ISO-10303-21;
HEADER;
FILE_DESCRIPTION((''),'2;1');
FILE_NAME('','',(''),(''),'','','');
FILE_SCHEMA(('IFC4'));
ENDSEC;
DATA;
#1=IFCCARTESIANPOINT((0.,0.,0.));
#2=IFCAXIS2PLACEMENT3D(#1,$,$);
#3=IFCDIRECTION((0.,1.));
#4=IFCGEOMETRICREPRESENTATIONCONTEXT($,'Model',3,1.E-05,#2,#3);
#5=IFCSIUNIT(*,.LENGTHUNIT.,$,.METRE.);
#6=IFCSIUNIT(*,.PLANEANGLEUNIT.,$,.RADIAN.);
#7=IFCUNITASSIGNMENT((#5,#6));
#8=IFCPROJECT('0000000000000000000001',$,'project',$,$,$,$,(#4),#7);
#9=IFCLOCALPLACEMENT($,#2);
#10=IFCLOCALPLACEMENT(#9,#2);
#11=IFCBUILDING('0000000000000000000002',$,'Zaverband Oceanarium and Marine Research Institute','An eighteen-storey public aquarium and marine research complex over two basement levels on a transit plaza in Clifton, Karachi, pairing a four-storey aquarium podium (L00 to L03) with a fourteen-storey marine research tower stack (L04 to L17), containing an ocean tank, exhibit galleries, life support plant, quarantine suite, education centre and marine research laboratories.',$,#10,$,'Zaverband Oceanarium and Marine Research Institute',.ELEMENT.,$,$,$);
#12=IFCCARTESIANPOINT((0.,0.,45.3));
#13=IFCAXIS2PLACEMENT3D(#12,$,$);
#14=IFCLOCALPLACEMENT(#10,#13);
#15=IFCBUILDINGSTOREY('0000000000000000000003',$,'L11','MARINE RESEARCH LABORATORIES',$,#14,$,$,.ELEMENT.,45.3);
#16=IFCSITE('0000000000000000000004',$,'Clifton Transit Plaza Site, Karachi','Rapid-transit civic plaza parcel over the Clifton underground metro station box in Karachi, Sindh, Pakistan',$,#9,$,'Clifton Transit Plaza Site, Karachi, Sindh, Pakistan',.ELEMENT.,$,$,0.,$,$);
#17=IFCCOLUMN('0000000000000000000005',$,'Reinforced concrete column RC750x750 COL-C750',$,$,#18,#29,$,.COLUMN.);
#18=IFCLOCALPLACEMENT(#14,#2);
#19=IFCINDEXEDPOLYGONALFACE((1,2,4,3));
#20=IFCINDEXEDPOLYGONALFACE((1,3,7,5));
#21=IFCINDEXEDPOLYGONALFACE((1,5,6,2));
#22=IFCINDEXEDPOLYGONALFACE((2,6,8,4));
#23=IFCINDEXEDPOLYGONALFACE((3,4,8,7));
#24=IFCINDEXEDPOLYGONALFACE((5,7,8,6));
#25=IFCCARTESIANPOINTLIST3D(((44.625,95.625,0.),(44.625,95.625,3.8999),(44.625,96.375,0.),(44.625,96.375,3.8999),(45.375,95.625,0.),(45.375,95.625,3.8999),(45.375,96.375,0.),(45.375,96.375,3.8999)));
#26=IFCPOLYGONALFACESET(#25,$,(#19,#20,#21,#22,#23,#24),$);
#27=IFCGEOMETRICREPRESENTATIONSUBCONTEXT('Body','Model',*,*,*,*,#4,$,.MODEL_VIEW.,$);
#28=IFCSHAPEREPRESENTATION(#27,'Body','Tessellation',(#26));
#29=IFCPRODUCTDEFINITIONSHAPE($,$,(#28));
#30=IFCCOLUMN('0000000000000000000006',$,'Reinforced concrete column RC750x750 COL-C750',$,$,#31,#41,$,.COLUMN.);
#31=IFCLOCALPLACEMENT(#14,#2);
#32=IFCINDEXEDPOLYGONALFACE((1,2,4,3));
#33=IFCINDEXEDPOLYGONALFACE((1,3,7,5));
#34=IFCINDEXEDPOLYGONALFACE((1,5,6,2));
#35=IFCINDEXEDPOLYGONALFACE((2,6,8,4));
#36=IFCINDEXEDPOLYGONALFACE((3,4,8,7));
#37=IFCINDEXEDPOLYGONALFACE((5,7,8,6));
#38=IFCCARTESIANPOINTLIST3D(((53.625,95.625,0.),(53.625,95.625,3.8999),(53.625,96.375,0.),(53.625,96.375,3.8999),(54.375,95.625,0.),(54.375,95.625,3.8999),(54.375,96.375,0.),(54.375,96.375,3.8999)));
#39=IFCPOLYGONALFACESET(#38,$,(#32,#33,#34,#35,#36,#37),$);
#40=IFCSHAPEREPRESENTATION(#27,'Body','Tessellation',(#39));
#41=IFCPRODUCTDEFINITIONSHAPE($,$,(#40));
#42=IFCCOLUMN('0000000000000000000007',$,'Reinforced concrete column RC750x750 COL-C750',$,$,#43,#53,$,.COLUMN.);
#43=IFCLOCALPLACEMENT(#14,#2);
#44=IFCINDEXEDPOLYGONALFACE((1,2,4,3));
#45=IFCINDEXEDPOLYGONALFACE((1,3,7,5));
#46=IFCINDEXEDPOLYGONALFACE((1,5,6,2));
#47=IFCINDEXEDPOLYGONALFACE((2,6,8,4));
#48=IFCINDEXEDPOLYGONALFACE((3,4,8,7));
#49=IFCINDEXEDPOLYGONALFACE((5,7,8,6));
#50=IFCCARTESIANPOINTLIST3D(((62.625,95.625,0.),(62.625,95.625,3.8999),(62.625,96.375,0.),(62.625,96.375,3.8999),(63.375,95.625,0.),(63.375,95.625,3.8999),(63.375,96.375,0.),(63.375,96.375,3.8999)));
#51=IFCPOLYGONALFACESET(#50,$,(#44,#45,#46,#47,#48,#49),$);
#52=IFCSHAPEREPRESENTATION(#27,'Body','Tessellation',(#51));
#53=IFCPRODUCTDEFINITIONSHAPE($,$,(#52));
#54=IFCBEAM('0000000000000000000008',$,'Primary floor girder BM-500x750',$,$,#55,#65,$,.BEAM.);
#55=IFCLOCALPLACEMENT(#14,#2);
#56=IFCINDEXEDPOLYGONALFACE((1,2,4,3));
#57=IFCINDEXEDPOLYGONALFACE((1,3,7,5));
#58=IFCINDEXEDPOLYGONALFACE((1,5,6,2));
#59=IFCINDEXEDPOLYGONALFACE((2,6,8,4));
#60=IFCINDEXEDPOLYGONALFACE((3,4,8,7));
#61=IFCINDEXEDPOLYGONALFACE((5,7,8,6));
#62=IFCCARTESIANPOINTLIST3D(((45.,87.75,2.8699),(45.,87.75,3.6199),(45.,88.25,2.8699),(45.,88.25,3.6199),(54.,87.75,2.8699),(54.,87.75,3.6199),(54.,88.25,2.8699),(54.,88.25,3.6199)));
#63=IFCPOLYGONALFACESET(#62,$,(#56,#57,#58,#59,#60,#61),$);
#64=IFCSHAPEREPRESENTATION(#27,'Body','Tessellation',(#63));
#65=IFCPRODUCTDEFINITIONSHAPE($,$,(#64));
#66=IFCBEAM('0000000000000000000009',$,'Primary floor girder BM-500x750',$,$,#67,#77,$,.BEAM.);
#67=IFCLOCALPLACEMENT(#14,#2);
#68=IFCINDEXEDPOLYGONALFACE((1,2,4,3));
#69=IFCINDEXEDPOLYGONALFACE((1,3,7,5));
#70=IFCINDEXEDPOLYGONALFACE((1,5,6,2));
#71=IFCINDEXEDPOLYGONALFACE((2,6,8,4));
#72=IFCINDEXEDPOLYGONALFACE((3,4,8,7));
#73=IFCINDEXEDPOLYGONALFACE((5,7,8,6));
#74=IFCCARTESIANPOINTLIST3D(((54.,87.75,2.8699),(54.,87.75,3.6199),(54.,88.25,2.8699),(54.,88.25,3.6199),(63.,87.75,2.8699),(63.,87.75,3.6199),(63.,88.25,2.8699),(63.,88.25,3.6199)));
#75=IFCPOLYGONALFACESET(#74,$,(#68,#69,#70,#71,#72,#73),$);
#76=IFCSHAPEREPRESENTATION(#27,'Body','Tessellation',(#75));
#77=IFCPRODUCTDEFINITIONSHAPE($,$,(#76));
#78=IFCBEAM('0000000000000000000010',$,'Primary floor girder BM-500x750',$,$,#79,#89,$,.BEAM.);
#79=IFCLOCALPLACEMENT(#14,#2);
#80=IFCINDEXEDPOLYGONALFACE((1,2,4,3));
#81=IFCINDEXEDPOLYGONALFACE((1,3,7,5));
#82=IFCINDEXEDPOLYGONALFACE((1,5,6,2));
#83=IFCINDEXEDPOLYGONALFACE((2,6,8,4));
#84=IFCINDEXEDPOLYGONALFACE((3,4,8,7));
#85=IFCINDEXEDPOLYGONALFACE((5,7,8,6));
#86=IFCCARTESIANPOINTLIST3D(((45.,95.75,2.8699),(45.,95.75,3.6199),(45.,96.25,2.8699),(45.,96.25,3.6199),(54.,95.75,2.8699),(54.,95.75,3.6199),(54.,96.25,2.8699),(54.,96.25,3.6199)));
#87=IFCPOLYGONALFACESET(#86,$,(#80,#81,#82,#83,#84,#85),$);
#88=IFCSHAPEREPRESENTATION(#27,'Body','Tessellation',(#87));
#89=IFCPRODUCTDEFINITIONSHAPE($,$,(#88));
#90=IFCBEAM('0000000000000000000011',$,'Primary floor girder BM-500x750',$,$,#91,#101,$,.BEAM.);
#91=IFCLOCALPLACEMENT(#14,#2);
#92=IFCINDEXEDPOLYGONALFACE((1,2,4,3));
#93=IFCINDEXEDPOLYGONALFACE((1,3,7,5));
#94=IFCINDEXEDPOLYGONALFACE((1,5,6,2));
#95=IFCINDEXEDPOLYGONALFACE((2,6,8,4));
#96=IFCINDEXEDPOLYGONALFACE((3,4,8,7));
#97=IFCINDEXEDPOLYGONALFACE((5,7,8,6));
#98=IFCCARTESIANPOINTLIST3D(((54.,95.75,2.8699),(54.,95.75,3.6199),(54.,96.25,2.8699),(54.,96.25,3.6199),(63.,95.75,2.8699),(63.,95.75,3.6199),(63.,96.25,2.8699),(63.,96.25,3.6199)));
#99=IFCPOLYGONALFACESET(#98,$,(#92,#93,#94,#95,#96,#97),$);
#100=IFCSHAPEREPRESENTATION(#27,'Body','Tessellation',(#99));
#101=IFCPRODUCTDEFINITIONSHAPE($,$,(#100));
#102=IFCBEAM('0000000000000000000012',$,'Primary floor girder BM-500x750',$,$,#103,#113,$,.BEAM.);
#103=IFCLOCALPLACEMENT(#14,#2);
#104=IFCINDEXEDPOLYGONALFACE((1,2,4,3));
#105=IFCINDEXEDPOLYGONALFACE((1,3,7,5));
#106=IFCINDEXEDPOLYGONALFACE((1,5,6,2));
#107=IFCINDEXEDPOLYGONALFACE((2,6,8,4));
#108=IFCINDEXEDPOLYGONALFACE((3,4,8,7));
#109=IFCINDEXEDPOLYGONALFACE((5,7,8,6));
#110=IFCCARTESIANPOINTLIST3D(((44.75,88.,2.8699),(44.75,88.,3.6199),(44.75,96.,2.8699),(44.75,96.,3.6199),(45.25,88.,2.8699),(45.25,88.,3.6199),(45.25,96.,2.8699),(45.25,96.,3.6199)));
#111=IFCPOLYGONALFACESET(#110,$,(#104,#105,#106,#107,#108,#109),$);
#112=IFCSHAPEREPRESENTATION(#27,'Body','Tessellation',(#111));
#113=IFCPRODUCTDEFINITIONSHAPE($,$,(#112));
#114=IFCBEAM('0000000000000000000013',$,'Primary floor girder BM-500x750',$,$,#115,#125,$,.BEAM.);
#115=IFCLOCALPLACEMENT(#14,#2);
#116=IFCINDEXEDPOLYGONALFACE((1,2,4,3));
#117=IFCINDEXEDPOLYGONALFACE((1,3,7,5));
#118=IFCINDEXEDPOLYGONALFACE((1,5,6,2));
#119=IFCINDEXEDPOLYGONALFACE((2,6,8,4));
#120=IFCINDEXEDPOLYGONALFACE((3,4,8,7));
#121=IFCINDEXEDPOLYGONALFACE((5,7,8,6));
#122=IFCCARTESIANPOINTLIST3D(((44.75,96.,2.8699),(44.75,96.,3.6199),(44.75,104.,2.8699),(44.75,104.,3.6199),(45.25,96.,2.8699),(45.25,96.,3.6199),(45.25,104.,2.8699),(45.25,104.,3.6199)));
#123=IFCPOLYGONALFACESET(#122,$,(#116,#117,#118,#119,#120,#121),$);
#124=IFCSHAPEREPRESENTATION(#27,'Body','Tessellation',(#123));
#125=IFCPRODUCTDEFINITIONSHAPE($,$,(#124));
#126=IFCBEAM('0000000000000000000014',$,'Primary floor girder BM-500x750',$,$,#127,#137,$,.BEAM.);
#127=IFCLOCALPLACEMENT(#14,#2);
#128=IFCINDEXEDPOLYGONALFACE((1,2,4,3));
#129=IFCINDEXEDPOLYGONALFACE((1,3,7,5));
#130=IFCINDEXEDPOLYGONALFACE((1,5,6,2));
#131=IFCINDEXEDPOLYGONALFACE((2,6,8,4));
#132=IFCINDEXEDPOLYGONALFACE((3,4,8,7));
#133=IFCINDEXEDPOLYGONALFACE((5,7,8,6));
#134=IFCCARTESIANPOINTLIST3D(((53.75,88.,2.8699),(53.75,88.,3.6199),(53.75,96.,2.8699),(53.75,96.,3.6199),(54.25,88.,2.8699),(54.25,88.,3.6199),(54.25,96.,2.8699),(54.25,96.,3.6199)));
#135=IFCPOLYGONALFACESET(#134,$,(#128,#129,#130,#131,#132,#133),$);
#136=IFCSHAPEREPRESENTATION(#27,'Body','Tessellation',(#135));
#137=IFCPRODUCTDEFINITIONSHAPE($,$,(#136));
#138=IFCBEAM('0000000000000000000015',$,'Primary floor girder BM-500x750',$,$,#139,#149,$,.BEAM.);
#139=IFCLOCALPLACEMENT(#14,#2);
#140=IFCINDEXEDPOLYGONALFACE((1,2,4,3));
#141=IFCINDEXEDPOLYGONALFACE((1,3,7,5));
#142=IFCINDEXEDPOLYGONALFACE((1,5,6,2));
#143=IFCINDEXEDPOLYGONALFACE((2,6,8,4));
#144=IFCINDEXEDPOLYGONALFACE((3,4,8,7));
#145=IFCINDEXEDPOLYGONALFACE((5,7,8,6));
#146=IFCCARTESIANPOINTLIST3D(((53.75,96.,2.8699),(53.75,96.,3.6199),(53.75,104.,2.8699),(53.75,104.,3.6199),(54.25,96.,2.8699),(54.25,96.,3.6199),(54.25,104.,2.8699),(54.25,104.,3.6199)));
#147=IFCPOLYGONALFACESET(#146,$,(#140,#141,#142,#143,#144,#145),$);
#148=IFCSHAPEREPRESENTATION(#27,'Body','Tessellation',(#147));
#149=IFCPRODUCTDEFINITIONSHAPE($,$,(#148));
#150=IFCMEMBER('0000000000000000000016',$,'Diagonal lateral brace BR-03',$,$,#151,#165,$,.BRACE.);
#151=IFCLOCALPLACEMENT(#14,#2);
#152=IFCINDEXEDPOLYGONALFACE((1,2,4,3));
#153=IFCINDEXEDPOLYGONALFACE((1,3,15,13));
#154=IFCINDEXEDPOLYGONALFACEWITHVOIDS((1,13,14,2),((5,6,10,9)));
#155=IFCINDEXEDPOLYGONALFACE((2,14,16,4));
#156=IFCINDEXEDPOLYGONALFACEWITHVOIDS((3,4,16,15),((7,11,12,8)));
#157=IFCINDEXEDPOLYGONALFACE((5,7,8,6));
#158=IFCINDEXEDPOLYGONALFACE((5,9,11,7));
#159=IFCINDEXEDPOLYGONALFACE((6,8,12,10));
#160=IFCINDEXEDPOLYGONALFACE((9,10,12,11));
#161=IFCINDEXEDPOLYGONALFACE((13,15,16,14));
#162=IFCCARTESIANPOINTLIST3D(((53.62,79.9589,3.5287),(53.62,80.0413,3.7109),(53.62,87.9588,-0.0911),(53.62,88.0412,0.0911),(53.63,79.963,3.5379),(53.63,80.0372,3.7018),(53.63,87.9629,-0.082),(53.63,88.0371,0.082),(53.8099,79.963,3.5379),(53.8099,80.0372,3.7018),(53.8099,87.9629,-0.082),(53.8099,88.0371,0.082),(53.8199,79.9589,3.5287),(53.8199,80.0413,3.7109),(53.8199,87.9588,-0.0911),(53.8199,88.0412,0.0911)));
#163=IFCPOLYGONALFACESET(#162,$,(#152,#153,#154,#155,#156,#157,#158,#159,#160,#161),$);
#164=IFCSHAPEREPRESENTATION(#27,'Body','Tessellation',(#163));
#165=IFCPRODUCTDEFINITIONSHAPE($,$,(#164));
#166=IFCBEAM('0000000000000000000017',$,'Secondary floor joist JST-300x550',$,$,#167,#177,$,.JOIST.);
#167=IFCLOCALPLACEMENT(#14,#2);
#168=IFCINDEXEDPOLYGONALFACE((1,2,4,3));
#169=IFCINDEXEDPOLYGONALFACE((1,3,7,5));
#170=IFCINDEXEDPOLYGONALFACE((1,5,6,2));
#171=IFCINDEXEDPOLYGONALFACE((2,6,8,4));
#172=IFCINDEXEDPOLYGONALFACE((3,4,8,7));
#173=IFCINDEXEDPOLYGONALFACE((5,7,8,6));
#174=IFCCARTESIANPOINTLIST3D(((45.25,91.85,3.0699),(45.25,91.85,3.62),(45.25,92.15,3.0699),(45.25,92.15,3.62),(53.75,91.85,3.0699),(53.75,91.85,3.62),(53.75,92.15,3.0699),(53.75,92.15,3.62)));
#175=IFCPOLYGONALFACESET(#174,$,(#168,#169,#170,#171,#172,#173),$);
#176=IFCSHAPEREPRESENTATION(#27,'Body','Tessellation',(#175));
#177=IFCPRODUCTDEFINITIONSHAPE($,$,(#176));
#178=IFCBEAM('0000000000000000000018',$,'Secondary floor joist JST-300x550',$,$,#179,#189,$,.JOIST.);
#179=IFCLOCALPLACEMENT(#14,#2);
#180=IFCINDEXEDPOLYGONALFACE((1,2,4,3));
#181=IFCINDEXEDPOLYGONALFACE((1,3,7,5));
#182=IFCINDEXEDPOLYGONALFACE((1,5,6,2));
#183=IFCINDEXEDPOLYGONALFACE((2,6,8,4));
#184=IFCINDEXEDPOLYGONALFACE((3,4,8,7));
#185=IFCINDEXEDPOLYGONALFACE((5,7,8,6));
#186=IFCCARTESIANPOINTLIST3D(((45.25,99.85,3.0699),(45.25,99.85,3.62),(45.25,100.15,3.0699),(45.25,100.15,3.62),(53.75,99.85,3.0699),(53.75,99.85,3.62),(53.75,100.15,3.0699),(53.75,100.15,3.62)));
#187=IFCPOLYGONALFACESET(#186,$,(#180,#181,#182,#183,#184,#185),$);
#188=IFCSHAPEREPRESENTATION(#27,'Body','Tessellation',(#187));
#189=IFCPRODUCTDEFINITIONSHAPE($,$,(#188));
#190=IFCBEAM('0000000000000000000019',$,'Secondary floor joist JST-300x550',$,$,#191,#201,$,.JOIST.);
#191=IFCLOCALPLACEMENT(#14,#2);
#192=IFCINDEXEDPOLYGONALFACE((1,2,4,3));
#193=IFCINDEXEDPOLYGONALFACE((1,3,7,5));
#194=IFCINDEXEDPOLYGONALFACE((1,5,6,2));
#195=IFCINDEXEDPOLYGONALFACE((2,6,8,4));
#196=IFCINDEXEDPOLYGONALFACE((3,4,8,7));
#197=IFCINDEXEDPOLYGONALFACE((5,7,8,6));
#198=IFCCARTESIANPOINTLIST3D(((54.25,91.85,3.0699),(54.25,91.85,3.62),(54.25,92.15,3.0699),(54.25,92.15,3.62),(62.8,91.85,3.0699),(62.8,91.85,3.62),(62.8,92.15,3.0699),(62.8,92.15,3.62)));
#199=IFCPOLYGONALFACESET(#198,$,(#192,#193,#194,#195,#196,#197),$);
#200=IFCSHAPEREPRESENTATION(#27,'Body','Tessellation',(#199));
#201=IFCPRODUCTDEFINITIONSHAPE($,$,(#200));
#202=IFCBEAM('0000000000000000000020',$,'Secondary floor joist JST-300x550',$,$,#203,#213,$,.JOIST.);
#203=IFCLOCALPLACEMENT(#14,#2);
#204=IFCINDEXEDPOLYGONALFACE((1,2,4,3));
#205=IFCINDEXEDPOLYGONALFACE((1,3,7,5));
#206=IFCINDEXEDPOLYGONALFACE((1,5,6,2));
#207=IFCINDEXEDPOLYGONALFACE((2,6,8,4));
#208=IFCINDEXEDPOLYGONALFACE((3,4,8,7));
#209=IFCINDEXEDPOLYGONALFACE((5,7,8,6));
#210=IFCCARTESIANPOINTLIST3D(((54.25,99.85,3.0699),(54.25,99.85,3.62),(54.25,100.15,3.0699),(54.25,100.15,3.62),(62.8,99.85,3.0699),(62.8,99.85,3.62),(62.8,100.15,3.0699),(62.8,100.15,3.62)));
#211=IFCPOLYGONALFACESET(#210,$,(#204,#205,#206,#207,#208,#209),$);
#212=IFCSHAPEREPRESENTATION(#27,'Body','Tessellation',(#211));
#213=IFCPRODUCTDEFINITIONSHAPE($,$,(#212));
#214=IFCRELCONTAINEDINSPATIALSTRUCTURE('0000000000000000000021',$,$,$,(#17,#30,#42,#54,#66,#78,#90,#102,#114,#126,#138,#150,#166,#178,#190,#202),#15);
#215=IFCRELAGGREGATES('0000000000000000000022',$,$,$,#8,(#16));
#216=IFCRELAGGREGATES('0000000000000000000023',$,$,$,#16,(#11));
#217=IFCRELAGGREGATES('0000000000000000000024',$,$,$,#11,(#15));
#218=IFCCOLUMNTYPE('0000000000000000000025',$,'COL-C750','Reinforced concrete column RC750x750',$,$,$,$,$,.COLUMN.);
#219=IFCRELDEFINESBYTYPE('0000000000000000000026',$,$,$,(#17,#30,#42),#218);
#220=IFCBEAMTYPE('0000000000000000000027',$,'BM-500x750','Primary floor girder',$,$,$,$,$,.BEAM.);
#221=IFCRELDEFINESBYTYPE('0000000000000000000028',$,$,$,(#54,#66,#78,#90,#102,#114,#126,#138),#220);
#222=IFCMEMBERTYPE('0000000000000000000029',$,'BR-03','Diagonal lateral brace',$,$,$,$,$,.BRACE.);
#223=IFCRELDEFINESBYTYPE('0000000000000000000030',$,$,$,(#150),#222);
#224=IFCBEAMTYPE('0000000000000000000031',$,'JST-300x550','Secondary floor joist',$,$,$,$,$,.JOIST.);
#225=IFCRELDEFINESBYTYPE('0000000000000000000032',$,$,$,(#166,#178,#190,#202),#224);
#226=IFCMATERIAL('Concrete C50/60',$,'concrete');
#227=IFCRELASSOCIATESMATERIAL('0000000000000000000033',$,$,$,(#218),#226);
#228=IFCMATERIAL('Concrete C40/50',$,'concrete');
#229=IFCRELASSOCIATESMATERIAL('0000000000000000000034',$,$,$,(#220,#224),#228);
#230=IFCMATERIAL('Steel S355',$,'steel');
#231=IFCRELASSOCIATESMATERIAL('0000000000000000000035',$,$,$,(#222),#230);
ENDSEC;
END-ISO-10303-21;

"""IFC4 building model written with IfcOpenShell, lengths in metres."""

from ifc_helpers import new_model, si_unit, direction, frame, origin, origin_2d, place, context, subcontext, project, spatial, rectangle, hollow_rectangle, extrude, material, material_profile, profile_set, type_object, element, save


model = new_model("IFC4")

# Units and contexts
model_context = context("Model", 3, precision=1e-05, world=origin(), true_north=direction((0.0, 1.0)))
body_context = subcontext(model_context, "Body", "Model", "MODEL_VIEW")
ifc_project = project(units=[si_unit("LENGTHUNIT", "METRE"), si_unit("PLANEANGLEUNIT", "RADIAN")], contexts=[model_context])

# Site, building, storey
site_placement = place(None, origin())
site = spatial("IfcSite", under=ifc_project, at=site_placement, Name="Clifton Transit Plaza Site, Karachi", Description="Rapid-transit civic plaza parcel over the Clifton underground metro station box in Karachi, Sindh, Pakistan", LongName="Clifton Transit Plaza Site, Karachi, Sindh, Pakistan", CompositionType="ELEMENT", RefElevation=0.0)
building_placement = place(site_placement, origin())
building = spatial("IfcBuilding", under=site, at=building_placement, Name="Zaverband Oceanarium and Marine Research Institute", Description="An eighteen-storey public aquarium and marine research complex over two basement levels on a transit plaza in Clifton, Karachi, pairing a four-storey aquarium podium (L00 to L03) with a fourteen-storey marine research tower stack (L04 to L17), containing an ocean tank, exhibit galleries, life support plant, quarantine suite, education centre and marine research laboratories.", LongName="Zaverband Oceanarium and Marine Research Institute", CompositionType="ELEMENT")
storey_placement = place(building_placement, frame((0.0, 0.0, 45.3)))
storey = spatial("IfcBuildingStorey", under=building, at=storey_placement, Name="L11", Description="MARINE RESEARCH LABORATORIES", CompositionType="ELEMENT", Elevation=45.3)

# Columns
ifc_material_1 = material(Name="Concrete C50/60", Category="concrete")
ifc_material_profile_1 = material_profile(ifc_material_1, rectangle(XDim=0.75, YDim=0.75, at=origin_2d()), Name="RC750x750")
ifc_profile_set_1 = profile_set([ifc_material_profile_1], Name="Concrete C50/60")
column_type = type_object("IfcColumnType", Name="COL-C750", Description="Reinforced concrete column RC750x750", PredefinedType="COLUMN", material=ifc_profile_set_1)
for number, where, z_axis, x_axis, name in (
    (1, (45.0, 96.0, 0.0), (0.0, 0.0, 1.0), (1.0, 0.0, 0.0), "Reinforced concrete column RC750x750 COL-C750"),
    (2, (54.0, 96.0, 0.0), (0.0, 0.0, 1.0), (1.0, 0.0, 0.0), "Reinforced concrete column RC750x750 COL-C750"),
    (3, (63.0, 96.0, 0.0), (0.0, 0.0, 1.0), (1.0, 0.0, 0.0), "Reinforced concrete column RC750x750 COL-C750"),
):
    element("IfcColumn", number, at=place(storey_placement, frame(where, z_axis=z_axis, x_axis=x_axis)), inside=storey, type_object=column_type, Name=name, PredefinedType="COLUMN", context=body_context, shape_type="SweptSolid", body=[
        extrude(rectangle(XDim=0.75, YDim=0.75, at=origin_2d()), origin(), (0.0, 0.0, 1.0), 3.8999),
    ])

# Beams
ifc_material_2 = material(Name="Concrete C40/50", Category="concrete")
ifc_material_profile_2 = material_profile(ifc_material_2, rectangle(XDim=0.5, YDim=0.75, at=origin_2d()), Name="RC500x750")
ifc_profile_set_2 = profile_set([ifc_material_profile_2], Name="Concrete C40/50")
beam_type_1 = type_object("IfcBeamType", Name="BM-500x750", Description="Primary floor girder", PredefinedType="BEAM", material=ifc_profile_set_2)
for number, where, z_axis, x_axis, name in (
    (4, (45.0, 88.0, 3.2449), (1.0, 0.0, 0.0), (0.0, 1.0, 0.0), "Primary floor girder BM-500x750"),
    (5, (54.0, 88.0, 3.2449), (1.0, 0.0, 0.0), (0.0, 1.0, 0.0), "Primary floor girder BM-500x750"),
    (6, (45.0, 96.0, 3.2449), (1.0, 0.0, 0.0), (0.0, 1.0, 0.0), "Primary floor girder BM-500x750"),
    (7, (54.0, 96.0, 3.2449), (1.0, 0.0, 0.0), (0.0, 1.0, 0.0), "Primary floor girder BM-500x750"),
):
    element("IfcBeam", number, at=place(storey_placement, frame(where, z_axis=z_axis, x_axis=x_axis)), inside=storey, type_object=beam_type_1, Name=name, PredefinedType="BEAM", context=body_context, shape_type="SweptSolid", body=[
        extrude(rectangle(XDim=0.5, YDim=0.75, at=origin_2d()), origin(), (0.0, 0.0, 1.0), 9.0),
    ])
for number, where, z_axis, x_axis, name in (
    (8, (45.0, 88.0, 3.2449), (0.0, 1.0, 0.0), (-1.0, 0.0, 0.0), "Primary floor girder BM-500x750"),
    (9, (45.0, 96.0, 3.2449), (0.0, 1.0, 0.0), (-1.0, 0.0, 0.0), "Primary floor girder BM-500x750"),
    (10, (54.0, 88.0, 3.2449), (0.0, 1.0, 0.0), (-1.0, 0.0, 0.0), "Primary floor girder BM-500x750"),
    (11, (54.0, 96.0, 3.2449), (0.0, 1.0, 0.0), (-1.0, 0.0, 0.0), "Primary floor girder BM-500x750"),
):
    element("IfcBeam", number, at=place(storey_placement, frame(where, z_axis=z_axis, x_axis=x_axis)), inside=storey, type_object=beam_type_1, Name=name, PredefinedType="BEAM", context=body_context, shape_type="SweptSolid", body=[
        extrude(rectangle(XDim=0.5, YDim=0.75, at=origin_2d()), origin(), (0.0, 0.0, 1.0), 8.0),
    ])

# Member
ifc_material_3 = material(Name="Steel S355", Category="steel")
ifc_material_profile_3 = material_profile(ifc_material_3, hollow_rectangle(XDim=0.2, YDim=0.2, WallThickness=0.01, at=origin_2d()), Name="SHS200x200x10")
ifc_profile_set_3 = profile_set([ifc_material_profile_3], Name="Steel S355")
member_type = type_object("IfcMemberType", Name="BR-03", Description="Diagonal lateral brace", PredefinedType="BRACE", material=ifc_profile_set_3)
member_placement = place(storey_placement, frame((53.72, 88.0, 0.0), z_axis=(0.0, -0.911073, 0.412246), x_axis=(1.0, 0.0, 0.0)))
element("IfcMember", 12, at=member_placement, inside=storey, type_object=member_type, Name="Diagonal lateral brace BR-03", PredefinedType="BRACE", context=body_context, shape_type="SweptSolid", body=[
    extrude(hollow_rectangle(XDim=0.2, YDim=0.2, WallThickness=0.01, at=origin_2d()), origin(), (0.0, 0.0, 1.0), 8.7808),
])

# Beams
ifc_material_profile_4 = material_profile(ifc_material_2, rectangle(XDim=0.3, YDim=0.55, at=origin_2d()), Name="RC300x550")
ifc_profile_set_4 = profile_set([ifc_material_profile_4], Name="Concrete C40/50")
beam_type_2 = type_object("IfcBeamType", Name="JST-300x550", Description="Secondary floor joist", PredefinedType="JOIST", material=ifc_profile_set_4)
for number, where, z_axis, x_axis, name in (
    (13, (45.25, 92.0, 3.345), (1.0, 0.0, 0.0), (0.0, 1.0, 0.0), "Secondary floor joist JST-300x550"),
    (14, (45.25, 100.0, 3.345), (1.0, 0.0, 0.0), (0.0, 1.0, 0.0), "Secondary floor joist JST-300x550"),
):
    element("IfcBeam", number, at=place(storey_placement, frame(where, z_axis=z_axis, x_axis=x_axis)), inside=storey, type_object=beam_type_2, Name=name, PredefinedType="JOIST", context=body_context, shape_type="SweptSolid", body=[
        extrude(rectangle(XDim=0.3, YDim=0.55, at=origin_2d()), origin(), (0.0, 0.0, 1.0), 8.5),
    ])
for number, where, z_axis, x_axis, name in (
    (15, (54.25, 92.0, 3.345), (1.0, 0.0, 0.0), (0.0, 1.0, 0.0), "Secondary floor joist JST-300x550"),
    (16, (54.25, 100.0, 3.345), (1.0, 0.0, 0.0), (0.0, 1.0, 0.0), "Secondary floor joist JST-300x550"),
):
    element("IfcBeam", number, at=place(storey_placement, frame(where, z_axis=z_axis, x_axis=x_axis)), inside=storey, type_object=beam_type_2, Name=name, PredefinedType="JOIST", context=body_context, shape_type="SweptSolid", body=[
        extrude(rectangle(XDim=0.3, YDim=0.55, at=origin_2d()), origin(), (0.0, 0.0, 1.0), 8.55),
    ])

save(model, "model.ifc")
